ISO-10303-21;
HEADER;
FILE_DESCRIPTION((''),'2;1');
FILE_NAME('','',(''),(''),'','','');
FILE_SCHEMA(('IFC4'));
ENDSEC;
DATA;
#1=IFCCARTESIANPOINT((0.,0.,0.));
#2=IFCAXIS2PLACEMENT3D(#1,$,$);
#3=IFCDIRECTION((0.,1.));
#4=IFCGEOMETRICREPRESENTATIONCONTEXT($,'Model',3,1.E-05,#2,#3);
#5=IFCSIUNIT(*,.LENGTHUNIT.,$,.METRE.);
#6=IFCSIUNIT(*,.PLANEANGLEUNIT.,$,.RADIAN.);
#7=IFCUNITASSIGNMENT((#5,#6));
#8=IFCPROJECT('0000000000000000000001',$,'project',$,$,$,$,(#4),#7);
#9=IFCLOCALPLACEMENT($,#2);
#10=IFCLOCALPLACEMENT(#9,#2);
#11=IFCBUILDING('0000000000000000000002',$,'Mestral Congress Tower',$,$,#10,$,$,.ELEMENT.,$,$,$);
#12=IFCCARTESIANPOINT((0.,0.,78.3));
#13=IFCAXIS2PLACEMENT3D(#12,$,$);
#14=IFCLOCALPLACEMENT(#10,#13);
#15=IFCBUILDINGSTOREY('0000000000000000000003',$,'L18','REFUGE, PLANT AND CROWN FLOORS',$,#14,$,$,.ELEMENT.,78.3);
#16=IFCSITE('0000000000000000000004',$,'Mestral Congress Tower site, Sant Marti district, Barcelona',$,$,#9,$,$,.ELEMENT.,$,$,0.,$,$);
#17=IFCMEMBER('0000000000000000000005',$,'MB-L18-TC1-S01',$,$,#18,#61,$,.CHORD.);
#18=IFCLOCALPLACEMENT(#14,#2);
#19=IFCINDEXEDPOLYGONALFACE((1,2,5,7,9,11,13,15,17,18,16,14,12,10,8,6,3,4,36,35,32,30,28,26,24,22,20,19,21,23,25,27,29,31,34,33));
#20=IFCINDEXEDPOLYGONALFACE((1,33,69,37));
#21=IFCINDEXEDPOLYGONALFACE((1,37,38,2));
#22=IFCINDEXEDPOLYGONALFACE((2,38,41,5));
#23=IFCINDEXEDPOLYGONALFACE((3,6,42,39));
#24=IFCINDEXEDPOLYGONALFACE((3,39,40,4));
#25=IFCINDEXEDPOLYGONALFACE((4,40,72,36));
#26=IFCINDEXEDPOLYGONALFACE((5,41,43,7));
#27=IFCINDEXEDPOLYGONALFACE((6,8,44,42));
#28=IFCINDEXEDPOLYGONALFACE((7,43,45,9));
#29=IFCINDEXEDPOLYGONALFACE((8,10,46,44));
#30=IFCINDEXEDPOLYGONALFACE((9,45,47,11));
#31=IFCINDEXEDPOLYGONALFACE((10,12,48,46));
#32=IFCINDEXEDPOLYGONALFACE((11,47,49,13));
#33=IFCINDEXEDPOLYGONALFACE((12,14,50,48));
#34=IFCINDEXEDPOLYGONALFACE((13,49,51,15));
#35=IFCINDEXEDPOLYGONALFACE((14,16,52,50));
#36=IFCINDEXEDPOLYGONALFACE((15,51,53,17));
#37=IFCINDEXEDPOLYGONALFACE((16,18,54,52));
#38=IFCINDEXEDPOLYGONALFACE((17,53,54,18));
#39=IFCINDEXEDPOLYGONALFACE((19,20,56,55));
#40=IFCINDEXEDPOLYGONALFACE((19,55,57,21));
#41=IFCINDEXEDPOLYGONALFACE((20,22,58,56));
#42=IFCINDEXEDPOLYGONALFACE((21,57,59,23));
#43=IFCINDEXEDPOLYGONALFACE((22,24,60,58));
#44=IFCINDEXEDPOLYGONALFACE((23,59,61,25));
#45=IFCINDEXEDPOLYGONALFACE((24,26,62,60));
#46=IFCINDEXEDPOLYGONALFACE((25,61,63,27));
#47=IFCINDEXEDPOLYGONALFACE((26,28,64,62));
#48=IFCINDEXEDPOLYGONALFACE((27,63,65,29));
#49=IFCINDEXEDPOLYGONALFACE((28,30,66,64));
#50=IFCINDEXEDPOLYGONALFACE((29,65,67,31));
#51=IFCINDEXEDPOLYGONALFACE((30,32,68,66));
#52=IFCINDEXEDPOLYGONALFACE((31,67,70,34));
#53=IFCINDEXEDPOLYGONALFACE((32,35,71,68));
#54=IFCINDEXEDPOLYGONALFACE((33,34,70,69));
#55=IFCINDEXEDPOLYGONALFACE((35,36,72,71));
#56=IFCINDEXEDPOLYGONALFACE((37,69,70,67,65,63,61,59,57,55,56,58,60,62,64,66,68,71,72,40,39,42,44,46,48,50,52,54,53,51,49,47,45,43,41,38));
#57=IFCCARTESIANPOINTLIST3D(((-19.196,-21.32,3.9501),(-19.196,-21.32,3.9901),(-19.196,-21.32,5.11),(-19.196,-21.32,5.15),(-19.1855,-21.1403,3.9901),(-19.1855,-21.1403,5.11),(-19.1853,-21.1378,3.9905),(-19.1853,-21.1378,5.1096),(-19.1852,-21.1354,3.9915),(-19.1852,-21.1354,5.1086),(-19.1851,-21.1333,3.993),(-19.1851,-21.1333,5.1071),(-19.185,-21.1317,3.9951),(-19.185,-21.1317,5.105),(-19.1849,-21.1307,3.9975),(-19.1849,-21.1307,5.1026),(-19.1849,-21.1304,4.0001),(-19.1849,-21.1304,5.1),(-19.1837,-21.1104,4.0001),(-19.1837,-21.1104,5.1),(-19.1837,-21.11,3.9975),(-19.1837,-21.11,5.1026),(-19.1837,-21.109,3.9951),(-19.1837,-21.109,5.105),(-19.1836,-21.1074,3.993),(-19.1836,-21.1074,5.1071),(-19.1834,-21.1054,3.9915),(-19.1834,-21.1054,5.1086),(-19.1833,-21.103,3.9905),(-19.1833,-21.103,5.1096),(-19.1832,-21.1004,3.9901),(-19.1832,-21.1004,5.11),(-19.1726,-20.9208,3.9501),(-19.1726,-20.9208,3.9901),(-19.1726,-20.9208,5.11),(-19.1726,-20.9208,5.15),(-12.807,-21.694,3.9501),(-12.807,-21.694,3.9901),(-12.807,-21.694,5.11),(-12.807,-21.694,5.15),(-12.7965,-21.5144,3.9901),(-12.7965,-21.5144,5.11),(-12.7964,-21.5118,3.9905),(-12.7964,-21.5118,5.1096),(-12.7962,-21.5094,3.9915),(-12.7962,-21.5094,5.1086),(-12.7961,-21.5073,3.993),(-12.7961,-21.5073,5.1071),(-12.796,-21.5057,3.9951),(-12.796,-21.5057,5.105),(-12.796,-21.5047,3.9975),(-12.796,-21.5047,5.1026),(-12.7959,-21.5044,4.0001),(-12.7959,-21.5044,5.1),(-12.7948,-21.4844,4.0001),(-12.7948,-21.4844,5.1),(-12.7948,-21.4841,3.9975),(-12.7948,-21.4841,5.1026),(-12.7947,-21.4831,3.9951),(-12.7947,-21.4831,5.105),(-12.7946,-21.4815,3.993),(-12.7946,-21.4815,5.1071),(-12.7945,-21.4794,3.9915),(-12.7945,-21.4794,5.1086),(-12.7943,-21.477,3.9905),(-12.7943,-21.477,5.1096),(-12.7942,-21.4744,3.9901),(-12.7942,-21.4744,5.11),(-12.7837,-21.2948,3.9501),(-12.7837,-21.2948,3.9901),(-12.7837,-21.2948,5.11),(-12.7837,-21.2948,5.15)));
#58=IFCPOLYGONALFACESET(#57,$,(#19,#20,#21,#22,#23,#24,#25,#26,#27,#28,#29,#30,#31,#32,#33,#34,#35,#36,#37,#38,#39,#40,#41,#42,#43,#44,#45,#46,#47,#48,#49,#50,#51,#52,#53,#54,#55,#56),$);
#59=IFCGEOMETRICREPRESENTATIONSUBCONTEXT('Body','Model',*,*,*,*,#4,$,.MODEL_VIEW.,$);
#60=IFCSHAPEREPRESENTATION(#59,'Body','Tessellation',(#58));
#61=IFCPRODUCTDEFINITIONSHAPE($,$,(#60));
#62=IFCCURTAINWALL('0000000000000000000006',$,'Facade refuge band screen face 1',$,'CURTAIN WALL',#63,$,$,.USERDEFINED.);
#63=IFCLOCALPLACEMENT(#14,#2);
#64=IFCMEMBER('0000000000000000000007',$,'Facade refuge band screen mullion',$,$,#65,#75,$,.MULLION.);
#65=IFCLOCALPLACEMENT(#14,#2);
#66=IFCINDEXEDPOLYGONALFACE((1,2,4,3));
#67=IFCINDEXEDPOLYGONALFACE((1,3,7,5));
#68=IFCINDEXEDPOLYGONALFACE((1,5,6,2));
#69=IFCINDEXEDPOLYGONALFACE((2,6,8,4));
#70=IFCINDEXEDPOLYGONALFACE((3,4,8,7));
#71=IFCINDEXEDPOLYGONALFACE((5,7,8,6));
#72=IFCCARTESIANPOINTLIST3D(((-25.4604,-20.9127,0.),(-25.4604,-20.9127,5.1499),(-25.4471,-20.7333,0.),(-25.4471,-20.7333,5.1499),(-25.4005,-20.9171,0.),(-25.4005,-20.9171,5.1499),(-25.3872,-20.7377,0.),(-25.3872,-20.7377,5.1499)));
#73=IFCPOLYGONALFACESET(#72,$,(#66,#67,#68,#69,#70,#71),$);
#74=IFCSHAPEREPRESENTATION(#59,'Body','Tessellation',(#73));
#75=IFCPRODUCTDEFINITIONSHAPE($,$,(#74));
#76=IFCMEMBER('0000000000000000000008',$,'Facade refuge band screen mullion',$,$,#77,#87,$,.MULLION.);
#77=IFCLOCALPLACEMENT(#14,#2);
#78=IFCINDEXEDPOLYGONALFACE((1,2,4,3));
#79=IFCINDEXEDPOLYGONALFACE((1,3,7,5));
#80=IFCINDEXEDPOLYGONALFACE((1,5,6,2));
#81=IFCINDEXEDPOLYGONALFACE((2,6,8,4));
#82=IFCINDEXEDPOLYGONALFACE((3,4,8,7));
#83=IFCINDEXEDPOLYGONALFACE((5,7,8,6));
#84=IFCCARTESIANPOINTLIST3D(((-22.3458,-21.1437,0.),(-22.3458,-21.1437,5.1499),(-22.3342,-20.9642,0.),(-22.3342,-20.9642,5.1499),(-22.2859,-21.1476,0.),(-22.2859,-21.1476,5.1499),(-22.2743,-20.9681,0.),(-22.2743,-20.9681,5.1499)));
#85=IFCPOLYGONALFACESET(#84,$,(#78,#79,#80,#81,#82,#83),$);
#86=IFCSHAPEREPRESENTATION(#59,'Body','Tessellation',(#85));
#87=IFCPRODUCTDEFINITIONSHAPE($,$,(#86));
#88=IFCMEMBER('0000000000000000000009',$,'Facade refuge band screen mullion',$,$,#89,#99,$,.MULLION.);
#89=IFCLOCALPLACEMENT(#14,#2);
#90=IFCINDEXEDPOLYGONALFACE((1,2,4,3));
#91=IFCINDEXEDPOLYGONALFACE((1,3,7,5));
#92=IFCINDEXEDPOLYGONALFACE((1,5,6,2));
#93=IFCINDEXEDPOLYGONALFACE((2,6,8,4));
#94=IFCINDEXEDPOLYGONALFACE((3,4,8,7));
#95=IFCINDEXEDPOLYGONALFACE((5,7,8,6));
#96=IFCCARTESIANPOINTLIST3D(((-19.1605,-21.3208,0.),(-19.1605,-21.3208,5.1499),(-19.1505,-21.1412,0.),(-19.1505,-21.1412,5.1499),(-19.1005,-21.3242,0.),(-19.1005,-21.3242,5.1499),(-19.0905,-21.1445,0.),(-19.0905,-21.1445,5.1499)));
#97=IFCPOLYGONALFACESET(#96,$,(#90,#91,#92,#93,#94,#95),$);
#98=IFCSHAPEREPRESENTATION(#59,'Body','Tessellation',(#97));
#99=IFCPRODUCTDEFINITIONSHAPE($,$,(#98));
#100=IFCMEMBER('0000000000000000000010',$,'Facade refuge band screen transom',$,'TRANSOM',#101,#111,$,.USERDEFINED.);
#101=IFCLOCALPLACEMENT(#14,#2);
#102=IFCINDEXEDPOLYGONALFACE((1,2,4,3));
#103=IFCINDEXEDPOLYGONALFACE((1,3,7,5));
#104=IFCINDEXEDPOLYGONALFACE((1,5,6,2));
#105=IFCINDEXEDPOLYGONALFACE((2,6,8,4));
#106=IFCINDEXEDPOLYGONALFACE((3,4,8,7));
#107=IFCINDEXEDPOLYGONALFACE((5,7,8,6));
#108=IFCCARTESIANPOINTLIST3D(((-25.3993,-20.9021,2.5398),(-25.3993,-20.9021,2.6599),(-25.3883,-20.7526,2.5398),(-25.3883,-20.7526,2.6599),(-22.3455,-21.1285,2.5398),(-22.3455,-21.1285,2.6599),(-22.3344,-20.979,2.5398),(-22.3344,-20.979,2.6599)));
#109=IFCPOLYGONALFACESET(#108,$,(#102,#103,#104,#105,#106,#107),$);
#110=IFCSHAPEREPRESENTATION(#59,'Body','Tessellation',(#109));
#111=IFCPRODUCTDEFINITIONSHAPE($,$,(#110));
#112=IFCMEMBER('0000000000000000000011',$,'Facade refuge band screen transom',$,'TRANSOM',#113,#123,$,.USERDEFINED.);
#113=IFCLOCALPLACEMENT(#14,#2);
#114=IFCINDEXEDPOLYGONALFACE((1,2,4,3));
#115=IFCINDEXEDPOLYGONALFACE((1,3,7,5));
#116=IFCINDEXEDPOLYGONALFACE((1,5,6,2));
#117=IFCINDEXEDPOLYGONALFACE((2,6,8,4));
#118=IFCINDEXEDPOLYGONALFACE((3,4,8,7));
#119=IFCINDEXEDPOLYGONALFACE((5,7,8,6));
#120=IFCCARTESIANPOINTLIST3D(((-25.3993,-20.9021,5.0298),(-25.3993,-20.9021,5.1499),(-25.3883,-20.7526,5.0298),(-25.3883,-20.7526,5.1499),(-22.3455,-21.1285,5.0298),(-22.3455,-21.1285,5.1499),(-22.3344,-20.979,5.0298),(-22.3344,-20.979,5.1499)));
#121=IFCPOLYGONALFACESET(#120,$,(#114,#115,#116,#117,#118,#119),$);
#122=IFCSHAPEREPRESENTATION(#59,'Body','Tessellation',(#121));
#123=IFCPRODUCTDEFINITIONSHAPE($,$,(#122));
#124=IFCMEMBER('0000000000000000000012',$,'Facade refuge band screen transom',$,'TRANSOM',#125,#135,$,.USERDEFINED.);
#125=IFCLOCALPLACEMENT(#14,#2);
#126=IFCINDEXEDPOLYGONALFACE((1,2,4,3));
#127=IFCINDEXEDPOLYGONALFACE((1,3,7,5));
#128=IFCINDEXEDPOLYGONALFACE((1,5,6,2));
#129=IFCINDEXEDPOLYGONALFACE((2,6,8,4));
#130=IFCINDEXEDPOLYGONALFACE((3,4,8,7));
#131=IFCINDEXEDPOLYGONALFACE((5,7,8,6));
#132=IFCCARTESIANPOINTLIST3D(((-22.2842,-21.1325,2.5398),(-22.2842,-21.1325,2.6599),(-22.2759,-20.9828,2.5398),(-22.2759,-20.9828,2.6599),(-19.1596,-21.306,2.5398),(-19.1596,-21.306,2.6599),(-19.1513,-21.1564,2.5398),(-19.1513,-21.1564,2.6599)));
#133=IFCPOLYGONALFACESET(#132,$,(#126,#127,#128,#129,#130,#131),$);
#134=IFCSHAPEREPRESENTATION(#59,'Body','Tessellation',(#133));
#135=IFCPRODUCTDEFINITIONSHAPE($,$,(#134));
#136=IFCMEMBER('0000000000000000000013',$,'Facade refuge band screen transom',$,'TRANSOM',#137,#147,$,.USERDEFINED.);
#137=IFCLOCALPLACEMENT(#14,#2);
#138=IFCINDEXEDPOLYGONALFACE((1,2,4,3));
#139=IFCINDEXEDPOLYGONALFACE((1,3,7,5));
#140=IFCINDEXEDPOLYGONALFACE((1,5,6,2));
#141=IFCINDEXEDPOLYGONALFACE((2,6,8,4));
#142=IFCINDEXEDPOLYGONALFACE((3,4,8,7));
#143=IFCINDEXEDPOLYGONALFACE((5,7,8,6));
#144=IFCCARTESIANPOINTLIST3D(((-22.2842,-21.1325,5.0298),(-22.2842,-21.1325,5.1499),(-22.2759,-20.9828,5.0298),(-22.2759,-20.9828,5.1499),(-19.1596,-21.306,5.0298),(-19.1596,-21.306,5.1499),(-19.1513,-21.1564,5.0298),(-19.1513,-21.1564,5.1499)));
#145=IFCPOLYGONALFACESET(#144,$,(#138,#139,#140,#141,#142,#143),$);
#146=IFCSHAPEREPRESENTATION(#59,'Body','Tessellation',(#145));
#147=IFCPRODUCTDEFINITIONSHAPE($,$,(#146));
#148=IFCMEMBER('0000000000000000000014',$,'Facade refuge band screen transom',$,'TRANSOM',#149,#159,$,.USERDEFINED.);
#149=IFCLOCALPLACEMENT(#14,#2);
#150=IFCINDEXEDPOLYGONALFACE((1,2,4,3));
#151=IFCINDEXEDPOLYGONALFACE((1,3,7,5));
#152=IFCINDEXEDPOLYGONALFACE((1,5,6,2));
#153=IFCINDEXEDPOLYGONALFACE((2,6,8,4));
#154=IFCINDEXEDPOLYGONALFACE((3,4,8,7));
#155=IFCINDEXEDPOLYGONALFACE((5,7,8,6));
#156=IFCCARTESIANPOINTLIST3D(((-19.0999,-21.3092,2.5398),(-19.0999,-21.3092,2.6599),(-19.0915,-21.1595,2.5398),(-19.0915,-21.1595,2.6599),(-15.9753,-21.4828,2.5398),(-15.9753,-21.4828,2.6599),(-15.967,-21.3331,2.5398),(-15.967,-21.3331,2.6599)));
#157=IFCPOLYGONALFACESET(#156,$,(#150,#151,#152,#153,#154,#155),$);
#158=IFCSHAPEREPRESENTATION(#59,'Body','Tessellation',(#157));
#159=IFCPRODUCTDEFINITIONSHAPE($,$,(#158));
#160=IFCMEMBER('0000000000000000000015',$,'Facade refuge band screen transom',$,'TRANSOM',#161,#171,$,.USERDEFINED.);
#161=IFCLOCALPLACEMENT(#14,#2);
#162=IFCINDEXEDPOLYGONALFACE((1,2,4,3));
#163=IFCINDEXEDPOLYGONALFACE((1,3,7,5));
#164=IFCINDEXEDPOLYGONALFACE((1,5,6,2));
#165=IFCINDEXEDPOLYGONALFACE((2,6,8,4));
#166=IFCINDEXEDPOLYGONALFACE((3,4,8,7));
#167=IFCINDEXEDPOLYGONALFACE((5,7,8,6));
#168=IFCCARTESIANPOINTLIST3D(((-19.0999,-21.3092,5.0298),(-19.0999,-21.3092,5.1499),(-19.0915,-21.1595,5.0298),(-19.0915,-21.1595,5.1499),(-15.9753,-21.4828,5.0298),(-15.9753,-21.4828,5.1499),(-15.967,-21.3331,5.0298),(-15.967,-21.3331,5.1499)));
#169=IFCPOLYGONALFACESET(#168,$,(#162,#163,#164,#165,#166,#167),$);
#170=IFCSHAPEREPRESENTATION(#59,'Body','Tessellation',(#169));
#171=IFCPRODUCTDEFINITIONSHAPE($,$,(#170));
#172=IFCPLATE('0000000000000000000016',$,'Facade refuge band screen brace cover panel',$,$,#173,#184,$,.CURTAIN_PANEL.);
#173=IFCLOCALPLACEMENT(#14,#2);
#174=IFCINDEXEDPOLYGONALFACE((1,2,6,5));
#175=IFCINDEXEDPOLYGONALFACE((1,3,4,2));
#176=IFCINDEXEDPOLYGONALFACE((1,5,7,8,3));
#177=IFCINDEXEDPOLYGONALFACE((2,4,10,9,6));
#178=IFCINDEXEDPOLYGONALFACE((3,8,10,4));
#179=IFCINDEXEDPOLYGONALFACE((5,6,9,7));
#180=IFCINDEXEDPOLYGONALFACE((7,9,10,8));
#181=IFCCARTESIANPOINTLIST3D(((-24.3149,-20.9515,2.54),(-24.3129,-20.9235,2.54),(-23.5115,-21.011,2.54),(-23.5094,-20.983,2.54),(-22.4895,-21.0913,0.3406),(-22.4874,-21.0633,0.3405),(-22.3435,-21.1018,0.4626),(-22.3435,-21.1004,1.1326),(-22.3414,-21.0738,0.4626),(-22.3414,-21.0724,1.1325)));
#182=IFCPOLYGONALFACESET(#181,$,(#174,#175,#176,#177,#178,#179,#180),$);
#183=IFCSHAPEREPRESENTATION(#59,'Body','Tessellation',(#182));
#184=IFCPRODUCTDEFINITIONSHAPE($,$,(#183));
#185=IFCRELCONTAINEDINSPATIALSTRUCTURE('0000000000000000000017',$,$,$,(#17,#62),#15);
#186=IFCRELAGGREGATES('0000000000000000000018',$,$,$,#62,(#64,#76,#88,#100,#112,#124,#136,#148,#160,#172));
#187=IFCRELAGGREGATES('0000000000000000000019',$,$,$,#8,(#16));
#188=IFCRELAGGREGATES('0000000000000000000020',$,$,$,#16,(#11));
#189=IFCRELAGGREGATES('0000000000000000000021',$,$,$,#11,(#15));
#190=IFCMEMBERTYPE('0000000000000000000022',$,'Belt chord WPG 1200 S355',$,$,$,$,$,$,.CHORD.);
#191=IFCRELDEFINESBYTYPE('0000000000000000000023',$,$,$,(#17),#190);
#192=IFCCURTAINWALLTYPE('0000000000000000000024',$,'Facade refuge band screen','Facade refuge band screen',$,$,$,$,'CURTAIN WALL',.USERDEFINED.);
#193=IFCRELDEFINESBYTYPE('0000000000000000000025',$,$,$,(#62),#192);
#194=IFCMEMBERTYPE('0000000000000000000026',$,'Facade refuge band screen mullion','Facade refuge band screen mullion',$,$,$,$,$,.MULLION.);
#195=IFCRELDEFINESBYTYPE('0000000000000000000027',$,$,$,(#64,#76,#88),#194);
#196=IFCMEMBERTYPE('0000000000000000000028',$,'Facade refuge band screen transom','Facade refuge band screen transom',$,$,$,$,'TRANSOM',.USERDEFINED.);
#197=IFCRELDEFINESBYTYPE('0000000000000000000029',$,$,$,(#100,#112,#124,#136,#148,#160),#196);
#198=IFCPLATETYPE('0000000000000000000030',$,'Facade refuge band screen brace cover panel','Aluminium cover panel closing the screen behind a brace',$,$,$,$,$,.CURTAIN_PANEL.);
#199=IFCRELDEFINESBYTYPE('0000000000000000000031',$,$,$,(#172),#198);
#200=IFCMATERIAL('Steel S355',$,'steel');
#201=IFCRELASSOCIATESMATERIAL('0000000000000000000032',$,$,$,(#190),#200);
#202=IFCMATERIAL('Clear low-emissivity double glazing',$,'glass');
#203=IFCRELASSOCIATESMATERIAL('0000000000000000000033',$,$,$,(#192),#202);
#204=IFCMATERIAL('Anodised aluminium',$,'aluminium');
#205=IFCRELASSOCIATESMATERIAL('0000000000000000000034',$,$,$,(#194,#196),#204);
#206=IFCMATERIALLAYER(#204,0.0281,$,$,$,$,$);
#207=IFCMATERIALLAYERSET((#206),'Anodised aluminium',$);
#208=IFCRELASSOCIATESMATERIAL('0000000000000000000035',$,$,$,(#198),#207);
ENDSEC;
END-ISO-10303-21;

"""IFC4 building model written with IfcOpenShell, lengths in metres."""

from ifc_helpers import new_model, si_unit, direction, frame, origin, origin_2d, place, context, subcontext, project, spatial, polyline, rectangle, i_section, outline, extrude, material, layer, layer_set, material_profile, profile_set, type_object, element, aggregate, save


model = new_model("IFC4")

# Units and contexts
model_context = context("Model", 3, precision=1e-05, world=origin(), true_north=direction((0.0, 1.0)))
body_context = subcontext(model_context, "Body", "Model", "MODEL_VIEW")
ifc_project = project(units=[si_unit("LENGTHUNIT", "METRE"), si_unit("PLANEANGLEUNIT", "RADIAN")], contexts=[model_context])

# Site, building, storey
site_placement = place(None, origin())
site = spatial("IfcSite", under=ifc_project, at=site_placement, Name="Mestral Congress Tower site, Sant Marti district, Barcelona", CompositionType="ELEMENT", RefElevation=0.0)
building_placement = place(site_placement, origin())
building = spatial("IfcBuilding", under=site, at=building_placement, Name="Mestral Congress Tower", CompositionType="ELEMENT")
storey_placement = place(building_placement, frame((0.0, 0.0, 78.3)))
storey = spatial("IfcBuildingStorey", under=building, at=storey_placement, Name="L18", Description="REFUGE, PLANT AND CROWN FLOORS", CompositionType="ELEMENT", Elevation=78.3)

# Member
ifc_material_1 = material(Name="Steel S355", Category="steel")
ifc_material_profile_1 = material_profile(ifc_material_1, i_section(OverallWidth=0.3999, OverallDepth=1.2, WebThickness=0.02, FlangeThickness=0.04, FilletRadius=0.01, at=origin_2d()), Name="WPG 1200")
ifc_profile_set_1 = profile_set([ifc_material_profile_1], Name="Steel S355")
member_type_1 = type_object("IfcMemberType", Name="Belt chord WPG 1200 S355", PredefinedType="CHORD", material=ifc_profile_set_1)
member_1_placement = place(storey_placement, frame((-19.1843, -21.1204, 4.55), z_axis=(0.998291, -0.058442, 0.0), x_axis=(0.058442, 0.998291, 0.0)))
element("IfcMember", 1, at=member_1_placement, inside=storey, type_object=member_type_1, Name="MB-L18-TC1-S01", PredefinedType="CHORD", context=body_context, shape_type="SweptSolid", body=[
    extrude(i_section(OverallWidth=0.3999, OverallDepth=1.2, WebThickness=0.02, FlangeThickness=0.04, FilletRadius=0.01, at=origin_2d()), origin(), (0.0, 0.0, 1.0), 6.3999),
])

# Curtain wall, members, plate
ifc_material_2 = material(Name="Clear low-emissivity double glazing", Category="glass")
curtain_wall_type = type_object("IfcCurtainWallType", Name="Facade refuge band screen", Description="Facade refuge band screen", ElementType="CURTAIN WALL", PredefinedType="USERDEFINED", material=ifc_material_2)
placement = place(storey_placement, origin())
curtain_wall = element("IfcCurtainWall", 2, at=placement, inside=storey, type_object=curtain_wall_type, Name="Facade refuge band screen face 1", ObjectType="CURTAIN WALL", PredefinedType="USERDEFINED")
ifc_material_3 = material(Name="Anodised aluminium", Category="aluminium")
ifc_material_profile_2 = material_profile(ifc_material_3, rectangle(XDim=0.1799, YDim=0.0601, at=origin_2d()), Name="CW3 mullion 180 x 60")
ifc_profile_set_2 = profile_set([ifc_material_profile_2], Name="Anodised aluminium")
member_type_2 = type_object("IfcMemberType", Name="Facade refuge band screen mullion", Description="Facade refuge band screen mullion", PredefinedType="MULLION", material=ifc_profile_set_2)
member_2_placement = place(storey_placement, frame((-25.4238, -20.8252, 0.0), z_axis=(0.0, 0.0, 1.0), x_axis=(-0.073879, -0.997267, 0.0)))
member_2 = element("IfcMember", 3, at=member_2_placement, type_object=member_type_2, Name="Facade refuge band screen mullion", PredefinedType="MULLION", context=body_context, shape_type="SweptSolid", body=[
    extrude(rectangle(XDim=0.1799, YDim=0.0601, at=origin_2d()), origin(), (0.0, 0.0, 1.0), 5.1499),
])
member_3_placement = place(storey_placement, frame((-22.3101, -21.0559, 0.0), z_axis=(0.0, 0.0, 1.0), x_axis=(-0.064658, -0.997908, 0.0)))
member_3 = element("IfcMember", 4, at=member_3_placement, type_object=member_type_2, Name="Facade refuge band screen mullion", PredefinedType="MULLION", context=body_context, shape_type="SweptSolid", body=[
    extrude(rectangle(XDim=0.1799, YDim=0.0601, at=origin_2d()), origin(), (0.0, 0.0, 1.0), 5.1499),
])
member_4_placement = place(storey_placement, frame((-19.1255, -21.2327, 0.0), z_axis=(0.0, 0.0, 1.0), x_axis=(-0.055431, -0.998463, 0.0)))
member_4 = element("IfcMember", 5, at=member_4_placement, type_object=member_type_2, Name="Facade refuge band screen mullion", PredefinedType="MULLION", context=body_context, shape_type="SweptSolid", body=[
    extrude(rectangle(XDim=0.1799, YDim=0.0601, at=origin_2d()), origin(), (0.0, 0.0, 1.0), 5.1499),
])
ifc_material_profile_3 = material_profile(ifc_material_3, rectangle(XDim=0.1499, YDim=0.1201, at=origin_2d()), Name="CW3 transom 150 x 120")
ifc_profile_set_3 = profile_set([ifc_material_profile_3], Name="Anodised aluminium")
member_type_3 = type_object("IfcMemberType", Name="Facade refuge band screen transom", Description="Facade refuge band screen transom", ElementType="TRANSOM", PredefinedType="USERDEFINED", material=ifc_profile_set_3)
member_5_placement = place(storey_placement, frame((-25.3938, -20.8274, 2.5999), z_axis=(0.997265, -0.073904, 0.0), x_axis=(0.073904, 0.997265, 0.0)))
member_5 = element("IfcMember", 6, at=member_5_placement, type_object=member_type_3, Name="Facade refuge band screen transom", ObjectType="TRANSOM", PredefinedType="USERDEFINED", context=body_context, shape_type="SweptSolid", body=[
    extrude(rectangle(XDim=0.1499, YDim=0.1201, at=origin_2d()), origin(), (0.0, 0.0, 1.0), 3.0623),
])
member_6_placement = place(storey_placement, frame((-25.3938, -20.8274, 5.0898), z_axis=(0.997265, -0.073904, 0.0), x_axis=(0.073904, 0.997265, 0.0)))
member_6 = element("IfcMember", 7, at=member_6_placement, type_object=member_type_3, Name="Facade refuge band screen transom", ObjectType="TRANSOM", PredefinedType="USERDEFINED", context=body_context, shape_type="SweptSolid", body=[
    extrude(rectangle(XDim=0.1499, YDim=0.1201, at=origin_2d()), origin(), (0.0, 0.0, 1.0), 3.0623),
])
member_7_placement = place(storey_placement, frame((-22.28, -21.0576, 2.5999), z_axis=(0.99846, -0.05547, 0.0), x_axis=(0.05547, 0.99846, 0.0)))
member_7 = element("IfcMember", 8, at=member_7_placement, type_object=member_type_3, Name="Facade refuge band screen transom", ObjectType="TRANSOM", PredefinedType="USERDEFINED", context=body_context, shape_type="SweptSolid", body=[
    extrude(rectangle(XDim=0.1499, YDim=0.1201, at=origin_2d()), origin(), (0.0, 0.0, 1.0), 3.1294),
])
member_8_placement = place(storey_placement, frame((-22.28, -21.0576, 5.0898), z_axis=(0.99846, -0.05547, 0.0), x_axis=(0.05547, 0.99846, 0.0)))
member_8 = element("IfcMember", 9, at=member_8_placement, type_object=member_type_3, Name="Facade refuge band screen transom", ObjectType="TRANSOM", PredefinedType="USERDEFINED", context=body_context, shape_type="SweptSolid", body=[
    extrude(rectangle(XDim=0.1499, YDim=0.1201, at=origin_2d()), origin(), (0.0, 0.0, 1.0), 3.1294),
])
member_9_placement = place(storey_placement, frame((-19.0957, -21.2344, 2.5999), z_axis=(0.99846, -0.05547, 0.0), x_axis=(0.05547, 0.99846, 0.0)))
member_9 = element("IfcMember", 10, at=member_9_placement, type_object=member_type_3, Name="Facade refuge band screen transom", ObjectType="TRANSOM", PredefinedType="USERDEFINED", context=body_context, shape_type="SweptSolid", body=[
    extrude(rectangle(XDim=0.1499, YDim=0.1201, at=origin_2d()), origin(), (0.0, 0.0, 1.0), 3.1294),
])
member_10_placement = place(storey_placement, frame((-19.0957, -21.2344, 5.0898), z_axis=(0.99846, -0.05547, 0.0), x_axis=(0.05547, 0.99846, 0.0)))
member_10 = element("IfcMember", 11, at=member_10_placement, type_object=member_type_3, Name="Facade refuge band screen transom", ObjectType="TRANSOM", PredefinedType="USERDEFINED", context=body_context, shape_type="SweptSolid", body=[
    extrude(rectangle(XDim=0.1499, YDim=0.1201, at=origin_2d()), origin(), (0.0, 0.0, 1.0), 3.1294),
])
ifc_layer_1 = layer(ifc_material_3, 0.0281)
ifc_layer_set_1 = layer_set([ifc_layer_1], Name="Anodised aluminium")
plate_type_1 = type_object("IfcPlateType", Name="Facade refuge band screen brace cover panel", Description="Aluminium cover panel closing the screen behind a brace", PredefinedType="CURTAIN_PANEL", material=ifc_layer_set_1)
plate_1_placement = place(storey_placement, frame((-22.3435, -21.1018, 0.4626), z_axis=(-0.073805, -0.99727, 0.002107), x_axis=(-0.765985, 0.055334, -0.640472)))
plate_1 = element("IfcPlate", 12, at=plate_1_placement, type_object=plate_type_1, Name="Facade refuge band screen brace cover panel", PredefinedType="CURTAIN_PANEL", context=body_context, shape_type="SweptSolid", body=[
    extrude(outline(polyline([(0.0, 0.0), (0.1906, 0.0), (0.1879, -2.8617), (-0.4308, -2.3457), (-0.429, -0.5145), (0.0, 0.0)])), origin(), (0.0, 0.0, -1.0), 0.0281),
])

aggregate(curtain_wall, [member_2, member_3, member_4, member_5, member_6, member_7, member_8, member_9, member_10, plate_1])

save(model, "model.ifc")
